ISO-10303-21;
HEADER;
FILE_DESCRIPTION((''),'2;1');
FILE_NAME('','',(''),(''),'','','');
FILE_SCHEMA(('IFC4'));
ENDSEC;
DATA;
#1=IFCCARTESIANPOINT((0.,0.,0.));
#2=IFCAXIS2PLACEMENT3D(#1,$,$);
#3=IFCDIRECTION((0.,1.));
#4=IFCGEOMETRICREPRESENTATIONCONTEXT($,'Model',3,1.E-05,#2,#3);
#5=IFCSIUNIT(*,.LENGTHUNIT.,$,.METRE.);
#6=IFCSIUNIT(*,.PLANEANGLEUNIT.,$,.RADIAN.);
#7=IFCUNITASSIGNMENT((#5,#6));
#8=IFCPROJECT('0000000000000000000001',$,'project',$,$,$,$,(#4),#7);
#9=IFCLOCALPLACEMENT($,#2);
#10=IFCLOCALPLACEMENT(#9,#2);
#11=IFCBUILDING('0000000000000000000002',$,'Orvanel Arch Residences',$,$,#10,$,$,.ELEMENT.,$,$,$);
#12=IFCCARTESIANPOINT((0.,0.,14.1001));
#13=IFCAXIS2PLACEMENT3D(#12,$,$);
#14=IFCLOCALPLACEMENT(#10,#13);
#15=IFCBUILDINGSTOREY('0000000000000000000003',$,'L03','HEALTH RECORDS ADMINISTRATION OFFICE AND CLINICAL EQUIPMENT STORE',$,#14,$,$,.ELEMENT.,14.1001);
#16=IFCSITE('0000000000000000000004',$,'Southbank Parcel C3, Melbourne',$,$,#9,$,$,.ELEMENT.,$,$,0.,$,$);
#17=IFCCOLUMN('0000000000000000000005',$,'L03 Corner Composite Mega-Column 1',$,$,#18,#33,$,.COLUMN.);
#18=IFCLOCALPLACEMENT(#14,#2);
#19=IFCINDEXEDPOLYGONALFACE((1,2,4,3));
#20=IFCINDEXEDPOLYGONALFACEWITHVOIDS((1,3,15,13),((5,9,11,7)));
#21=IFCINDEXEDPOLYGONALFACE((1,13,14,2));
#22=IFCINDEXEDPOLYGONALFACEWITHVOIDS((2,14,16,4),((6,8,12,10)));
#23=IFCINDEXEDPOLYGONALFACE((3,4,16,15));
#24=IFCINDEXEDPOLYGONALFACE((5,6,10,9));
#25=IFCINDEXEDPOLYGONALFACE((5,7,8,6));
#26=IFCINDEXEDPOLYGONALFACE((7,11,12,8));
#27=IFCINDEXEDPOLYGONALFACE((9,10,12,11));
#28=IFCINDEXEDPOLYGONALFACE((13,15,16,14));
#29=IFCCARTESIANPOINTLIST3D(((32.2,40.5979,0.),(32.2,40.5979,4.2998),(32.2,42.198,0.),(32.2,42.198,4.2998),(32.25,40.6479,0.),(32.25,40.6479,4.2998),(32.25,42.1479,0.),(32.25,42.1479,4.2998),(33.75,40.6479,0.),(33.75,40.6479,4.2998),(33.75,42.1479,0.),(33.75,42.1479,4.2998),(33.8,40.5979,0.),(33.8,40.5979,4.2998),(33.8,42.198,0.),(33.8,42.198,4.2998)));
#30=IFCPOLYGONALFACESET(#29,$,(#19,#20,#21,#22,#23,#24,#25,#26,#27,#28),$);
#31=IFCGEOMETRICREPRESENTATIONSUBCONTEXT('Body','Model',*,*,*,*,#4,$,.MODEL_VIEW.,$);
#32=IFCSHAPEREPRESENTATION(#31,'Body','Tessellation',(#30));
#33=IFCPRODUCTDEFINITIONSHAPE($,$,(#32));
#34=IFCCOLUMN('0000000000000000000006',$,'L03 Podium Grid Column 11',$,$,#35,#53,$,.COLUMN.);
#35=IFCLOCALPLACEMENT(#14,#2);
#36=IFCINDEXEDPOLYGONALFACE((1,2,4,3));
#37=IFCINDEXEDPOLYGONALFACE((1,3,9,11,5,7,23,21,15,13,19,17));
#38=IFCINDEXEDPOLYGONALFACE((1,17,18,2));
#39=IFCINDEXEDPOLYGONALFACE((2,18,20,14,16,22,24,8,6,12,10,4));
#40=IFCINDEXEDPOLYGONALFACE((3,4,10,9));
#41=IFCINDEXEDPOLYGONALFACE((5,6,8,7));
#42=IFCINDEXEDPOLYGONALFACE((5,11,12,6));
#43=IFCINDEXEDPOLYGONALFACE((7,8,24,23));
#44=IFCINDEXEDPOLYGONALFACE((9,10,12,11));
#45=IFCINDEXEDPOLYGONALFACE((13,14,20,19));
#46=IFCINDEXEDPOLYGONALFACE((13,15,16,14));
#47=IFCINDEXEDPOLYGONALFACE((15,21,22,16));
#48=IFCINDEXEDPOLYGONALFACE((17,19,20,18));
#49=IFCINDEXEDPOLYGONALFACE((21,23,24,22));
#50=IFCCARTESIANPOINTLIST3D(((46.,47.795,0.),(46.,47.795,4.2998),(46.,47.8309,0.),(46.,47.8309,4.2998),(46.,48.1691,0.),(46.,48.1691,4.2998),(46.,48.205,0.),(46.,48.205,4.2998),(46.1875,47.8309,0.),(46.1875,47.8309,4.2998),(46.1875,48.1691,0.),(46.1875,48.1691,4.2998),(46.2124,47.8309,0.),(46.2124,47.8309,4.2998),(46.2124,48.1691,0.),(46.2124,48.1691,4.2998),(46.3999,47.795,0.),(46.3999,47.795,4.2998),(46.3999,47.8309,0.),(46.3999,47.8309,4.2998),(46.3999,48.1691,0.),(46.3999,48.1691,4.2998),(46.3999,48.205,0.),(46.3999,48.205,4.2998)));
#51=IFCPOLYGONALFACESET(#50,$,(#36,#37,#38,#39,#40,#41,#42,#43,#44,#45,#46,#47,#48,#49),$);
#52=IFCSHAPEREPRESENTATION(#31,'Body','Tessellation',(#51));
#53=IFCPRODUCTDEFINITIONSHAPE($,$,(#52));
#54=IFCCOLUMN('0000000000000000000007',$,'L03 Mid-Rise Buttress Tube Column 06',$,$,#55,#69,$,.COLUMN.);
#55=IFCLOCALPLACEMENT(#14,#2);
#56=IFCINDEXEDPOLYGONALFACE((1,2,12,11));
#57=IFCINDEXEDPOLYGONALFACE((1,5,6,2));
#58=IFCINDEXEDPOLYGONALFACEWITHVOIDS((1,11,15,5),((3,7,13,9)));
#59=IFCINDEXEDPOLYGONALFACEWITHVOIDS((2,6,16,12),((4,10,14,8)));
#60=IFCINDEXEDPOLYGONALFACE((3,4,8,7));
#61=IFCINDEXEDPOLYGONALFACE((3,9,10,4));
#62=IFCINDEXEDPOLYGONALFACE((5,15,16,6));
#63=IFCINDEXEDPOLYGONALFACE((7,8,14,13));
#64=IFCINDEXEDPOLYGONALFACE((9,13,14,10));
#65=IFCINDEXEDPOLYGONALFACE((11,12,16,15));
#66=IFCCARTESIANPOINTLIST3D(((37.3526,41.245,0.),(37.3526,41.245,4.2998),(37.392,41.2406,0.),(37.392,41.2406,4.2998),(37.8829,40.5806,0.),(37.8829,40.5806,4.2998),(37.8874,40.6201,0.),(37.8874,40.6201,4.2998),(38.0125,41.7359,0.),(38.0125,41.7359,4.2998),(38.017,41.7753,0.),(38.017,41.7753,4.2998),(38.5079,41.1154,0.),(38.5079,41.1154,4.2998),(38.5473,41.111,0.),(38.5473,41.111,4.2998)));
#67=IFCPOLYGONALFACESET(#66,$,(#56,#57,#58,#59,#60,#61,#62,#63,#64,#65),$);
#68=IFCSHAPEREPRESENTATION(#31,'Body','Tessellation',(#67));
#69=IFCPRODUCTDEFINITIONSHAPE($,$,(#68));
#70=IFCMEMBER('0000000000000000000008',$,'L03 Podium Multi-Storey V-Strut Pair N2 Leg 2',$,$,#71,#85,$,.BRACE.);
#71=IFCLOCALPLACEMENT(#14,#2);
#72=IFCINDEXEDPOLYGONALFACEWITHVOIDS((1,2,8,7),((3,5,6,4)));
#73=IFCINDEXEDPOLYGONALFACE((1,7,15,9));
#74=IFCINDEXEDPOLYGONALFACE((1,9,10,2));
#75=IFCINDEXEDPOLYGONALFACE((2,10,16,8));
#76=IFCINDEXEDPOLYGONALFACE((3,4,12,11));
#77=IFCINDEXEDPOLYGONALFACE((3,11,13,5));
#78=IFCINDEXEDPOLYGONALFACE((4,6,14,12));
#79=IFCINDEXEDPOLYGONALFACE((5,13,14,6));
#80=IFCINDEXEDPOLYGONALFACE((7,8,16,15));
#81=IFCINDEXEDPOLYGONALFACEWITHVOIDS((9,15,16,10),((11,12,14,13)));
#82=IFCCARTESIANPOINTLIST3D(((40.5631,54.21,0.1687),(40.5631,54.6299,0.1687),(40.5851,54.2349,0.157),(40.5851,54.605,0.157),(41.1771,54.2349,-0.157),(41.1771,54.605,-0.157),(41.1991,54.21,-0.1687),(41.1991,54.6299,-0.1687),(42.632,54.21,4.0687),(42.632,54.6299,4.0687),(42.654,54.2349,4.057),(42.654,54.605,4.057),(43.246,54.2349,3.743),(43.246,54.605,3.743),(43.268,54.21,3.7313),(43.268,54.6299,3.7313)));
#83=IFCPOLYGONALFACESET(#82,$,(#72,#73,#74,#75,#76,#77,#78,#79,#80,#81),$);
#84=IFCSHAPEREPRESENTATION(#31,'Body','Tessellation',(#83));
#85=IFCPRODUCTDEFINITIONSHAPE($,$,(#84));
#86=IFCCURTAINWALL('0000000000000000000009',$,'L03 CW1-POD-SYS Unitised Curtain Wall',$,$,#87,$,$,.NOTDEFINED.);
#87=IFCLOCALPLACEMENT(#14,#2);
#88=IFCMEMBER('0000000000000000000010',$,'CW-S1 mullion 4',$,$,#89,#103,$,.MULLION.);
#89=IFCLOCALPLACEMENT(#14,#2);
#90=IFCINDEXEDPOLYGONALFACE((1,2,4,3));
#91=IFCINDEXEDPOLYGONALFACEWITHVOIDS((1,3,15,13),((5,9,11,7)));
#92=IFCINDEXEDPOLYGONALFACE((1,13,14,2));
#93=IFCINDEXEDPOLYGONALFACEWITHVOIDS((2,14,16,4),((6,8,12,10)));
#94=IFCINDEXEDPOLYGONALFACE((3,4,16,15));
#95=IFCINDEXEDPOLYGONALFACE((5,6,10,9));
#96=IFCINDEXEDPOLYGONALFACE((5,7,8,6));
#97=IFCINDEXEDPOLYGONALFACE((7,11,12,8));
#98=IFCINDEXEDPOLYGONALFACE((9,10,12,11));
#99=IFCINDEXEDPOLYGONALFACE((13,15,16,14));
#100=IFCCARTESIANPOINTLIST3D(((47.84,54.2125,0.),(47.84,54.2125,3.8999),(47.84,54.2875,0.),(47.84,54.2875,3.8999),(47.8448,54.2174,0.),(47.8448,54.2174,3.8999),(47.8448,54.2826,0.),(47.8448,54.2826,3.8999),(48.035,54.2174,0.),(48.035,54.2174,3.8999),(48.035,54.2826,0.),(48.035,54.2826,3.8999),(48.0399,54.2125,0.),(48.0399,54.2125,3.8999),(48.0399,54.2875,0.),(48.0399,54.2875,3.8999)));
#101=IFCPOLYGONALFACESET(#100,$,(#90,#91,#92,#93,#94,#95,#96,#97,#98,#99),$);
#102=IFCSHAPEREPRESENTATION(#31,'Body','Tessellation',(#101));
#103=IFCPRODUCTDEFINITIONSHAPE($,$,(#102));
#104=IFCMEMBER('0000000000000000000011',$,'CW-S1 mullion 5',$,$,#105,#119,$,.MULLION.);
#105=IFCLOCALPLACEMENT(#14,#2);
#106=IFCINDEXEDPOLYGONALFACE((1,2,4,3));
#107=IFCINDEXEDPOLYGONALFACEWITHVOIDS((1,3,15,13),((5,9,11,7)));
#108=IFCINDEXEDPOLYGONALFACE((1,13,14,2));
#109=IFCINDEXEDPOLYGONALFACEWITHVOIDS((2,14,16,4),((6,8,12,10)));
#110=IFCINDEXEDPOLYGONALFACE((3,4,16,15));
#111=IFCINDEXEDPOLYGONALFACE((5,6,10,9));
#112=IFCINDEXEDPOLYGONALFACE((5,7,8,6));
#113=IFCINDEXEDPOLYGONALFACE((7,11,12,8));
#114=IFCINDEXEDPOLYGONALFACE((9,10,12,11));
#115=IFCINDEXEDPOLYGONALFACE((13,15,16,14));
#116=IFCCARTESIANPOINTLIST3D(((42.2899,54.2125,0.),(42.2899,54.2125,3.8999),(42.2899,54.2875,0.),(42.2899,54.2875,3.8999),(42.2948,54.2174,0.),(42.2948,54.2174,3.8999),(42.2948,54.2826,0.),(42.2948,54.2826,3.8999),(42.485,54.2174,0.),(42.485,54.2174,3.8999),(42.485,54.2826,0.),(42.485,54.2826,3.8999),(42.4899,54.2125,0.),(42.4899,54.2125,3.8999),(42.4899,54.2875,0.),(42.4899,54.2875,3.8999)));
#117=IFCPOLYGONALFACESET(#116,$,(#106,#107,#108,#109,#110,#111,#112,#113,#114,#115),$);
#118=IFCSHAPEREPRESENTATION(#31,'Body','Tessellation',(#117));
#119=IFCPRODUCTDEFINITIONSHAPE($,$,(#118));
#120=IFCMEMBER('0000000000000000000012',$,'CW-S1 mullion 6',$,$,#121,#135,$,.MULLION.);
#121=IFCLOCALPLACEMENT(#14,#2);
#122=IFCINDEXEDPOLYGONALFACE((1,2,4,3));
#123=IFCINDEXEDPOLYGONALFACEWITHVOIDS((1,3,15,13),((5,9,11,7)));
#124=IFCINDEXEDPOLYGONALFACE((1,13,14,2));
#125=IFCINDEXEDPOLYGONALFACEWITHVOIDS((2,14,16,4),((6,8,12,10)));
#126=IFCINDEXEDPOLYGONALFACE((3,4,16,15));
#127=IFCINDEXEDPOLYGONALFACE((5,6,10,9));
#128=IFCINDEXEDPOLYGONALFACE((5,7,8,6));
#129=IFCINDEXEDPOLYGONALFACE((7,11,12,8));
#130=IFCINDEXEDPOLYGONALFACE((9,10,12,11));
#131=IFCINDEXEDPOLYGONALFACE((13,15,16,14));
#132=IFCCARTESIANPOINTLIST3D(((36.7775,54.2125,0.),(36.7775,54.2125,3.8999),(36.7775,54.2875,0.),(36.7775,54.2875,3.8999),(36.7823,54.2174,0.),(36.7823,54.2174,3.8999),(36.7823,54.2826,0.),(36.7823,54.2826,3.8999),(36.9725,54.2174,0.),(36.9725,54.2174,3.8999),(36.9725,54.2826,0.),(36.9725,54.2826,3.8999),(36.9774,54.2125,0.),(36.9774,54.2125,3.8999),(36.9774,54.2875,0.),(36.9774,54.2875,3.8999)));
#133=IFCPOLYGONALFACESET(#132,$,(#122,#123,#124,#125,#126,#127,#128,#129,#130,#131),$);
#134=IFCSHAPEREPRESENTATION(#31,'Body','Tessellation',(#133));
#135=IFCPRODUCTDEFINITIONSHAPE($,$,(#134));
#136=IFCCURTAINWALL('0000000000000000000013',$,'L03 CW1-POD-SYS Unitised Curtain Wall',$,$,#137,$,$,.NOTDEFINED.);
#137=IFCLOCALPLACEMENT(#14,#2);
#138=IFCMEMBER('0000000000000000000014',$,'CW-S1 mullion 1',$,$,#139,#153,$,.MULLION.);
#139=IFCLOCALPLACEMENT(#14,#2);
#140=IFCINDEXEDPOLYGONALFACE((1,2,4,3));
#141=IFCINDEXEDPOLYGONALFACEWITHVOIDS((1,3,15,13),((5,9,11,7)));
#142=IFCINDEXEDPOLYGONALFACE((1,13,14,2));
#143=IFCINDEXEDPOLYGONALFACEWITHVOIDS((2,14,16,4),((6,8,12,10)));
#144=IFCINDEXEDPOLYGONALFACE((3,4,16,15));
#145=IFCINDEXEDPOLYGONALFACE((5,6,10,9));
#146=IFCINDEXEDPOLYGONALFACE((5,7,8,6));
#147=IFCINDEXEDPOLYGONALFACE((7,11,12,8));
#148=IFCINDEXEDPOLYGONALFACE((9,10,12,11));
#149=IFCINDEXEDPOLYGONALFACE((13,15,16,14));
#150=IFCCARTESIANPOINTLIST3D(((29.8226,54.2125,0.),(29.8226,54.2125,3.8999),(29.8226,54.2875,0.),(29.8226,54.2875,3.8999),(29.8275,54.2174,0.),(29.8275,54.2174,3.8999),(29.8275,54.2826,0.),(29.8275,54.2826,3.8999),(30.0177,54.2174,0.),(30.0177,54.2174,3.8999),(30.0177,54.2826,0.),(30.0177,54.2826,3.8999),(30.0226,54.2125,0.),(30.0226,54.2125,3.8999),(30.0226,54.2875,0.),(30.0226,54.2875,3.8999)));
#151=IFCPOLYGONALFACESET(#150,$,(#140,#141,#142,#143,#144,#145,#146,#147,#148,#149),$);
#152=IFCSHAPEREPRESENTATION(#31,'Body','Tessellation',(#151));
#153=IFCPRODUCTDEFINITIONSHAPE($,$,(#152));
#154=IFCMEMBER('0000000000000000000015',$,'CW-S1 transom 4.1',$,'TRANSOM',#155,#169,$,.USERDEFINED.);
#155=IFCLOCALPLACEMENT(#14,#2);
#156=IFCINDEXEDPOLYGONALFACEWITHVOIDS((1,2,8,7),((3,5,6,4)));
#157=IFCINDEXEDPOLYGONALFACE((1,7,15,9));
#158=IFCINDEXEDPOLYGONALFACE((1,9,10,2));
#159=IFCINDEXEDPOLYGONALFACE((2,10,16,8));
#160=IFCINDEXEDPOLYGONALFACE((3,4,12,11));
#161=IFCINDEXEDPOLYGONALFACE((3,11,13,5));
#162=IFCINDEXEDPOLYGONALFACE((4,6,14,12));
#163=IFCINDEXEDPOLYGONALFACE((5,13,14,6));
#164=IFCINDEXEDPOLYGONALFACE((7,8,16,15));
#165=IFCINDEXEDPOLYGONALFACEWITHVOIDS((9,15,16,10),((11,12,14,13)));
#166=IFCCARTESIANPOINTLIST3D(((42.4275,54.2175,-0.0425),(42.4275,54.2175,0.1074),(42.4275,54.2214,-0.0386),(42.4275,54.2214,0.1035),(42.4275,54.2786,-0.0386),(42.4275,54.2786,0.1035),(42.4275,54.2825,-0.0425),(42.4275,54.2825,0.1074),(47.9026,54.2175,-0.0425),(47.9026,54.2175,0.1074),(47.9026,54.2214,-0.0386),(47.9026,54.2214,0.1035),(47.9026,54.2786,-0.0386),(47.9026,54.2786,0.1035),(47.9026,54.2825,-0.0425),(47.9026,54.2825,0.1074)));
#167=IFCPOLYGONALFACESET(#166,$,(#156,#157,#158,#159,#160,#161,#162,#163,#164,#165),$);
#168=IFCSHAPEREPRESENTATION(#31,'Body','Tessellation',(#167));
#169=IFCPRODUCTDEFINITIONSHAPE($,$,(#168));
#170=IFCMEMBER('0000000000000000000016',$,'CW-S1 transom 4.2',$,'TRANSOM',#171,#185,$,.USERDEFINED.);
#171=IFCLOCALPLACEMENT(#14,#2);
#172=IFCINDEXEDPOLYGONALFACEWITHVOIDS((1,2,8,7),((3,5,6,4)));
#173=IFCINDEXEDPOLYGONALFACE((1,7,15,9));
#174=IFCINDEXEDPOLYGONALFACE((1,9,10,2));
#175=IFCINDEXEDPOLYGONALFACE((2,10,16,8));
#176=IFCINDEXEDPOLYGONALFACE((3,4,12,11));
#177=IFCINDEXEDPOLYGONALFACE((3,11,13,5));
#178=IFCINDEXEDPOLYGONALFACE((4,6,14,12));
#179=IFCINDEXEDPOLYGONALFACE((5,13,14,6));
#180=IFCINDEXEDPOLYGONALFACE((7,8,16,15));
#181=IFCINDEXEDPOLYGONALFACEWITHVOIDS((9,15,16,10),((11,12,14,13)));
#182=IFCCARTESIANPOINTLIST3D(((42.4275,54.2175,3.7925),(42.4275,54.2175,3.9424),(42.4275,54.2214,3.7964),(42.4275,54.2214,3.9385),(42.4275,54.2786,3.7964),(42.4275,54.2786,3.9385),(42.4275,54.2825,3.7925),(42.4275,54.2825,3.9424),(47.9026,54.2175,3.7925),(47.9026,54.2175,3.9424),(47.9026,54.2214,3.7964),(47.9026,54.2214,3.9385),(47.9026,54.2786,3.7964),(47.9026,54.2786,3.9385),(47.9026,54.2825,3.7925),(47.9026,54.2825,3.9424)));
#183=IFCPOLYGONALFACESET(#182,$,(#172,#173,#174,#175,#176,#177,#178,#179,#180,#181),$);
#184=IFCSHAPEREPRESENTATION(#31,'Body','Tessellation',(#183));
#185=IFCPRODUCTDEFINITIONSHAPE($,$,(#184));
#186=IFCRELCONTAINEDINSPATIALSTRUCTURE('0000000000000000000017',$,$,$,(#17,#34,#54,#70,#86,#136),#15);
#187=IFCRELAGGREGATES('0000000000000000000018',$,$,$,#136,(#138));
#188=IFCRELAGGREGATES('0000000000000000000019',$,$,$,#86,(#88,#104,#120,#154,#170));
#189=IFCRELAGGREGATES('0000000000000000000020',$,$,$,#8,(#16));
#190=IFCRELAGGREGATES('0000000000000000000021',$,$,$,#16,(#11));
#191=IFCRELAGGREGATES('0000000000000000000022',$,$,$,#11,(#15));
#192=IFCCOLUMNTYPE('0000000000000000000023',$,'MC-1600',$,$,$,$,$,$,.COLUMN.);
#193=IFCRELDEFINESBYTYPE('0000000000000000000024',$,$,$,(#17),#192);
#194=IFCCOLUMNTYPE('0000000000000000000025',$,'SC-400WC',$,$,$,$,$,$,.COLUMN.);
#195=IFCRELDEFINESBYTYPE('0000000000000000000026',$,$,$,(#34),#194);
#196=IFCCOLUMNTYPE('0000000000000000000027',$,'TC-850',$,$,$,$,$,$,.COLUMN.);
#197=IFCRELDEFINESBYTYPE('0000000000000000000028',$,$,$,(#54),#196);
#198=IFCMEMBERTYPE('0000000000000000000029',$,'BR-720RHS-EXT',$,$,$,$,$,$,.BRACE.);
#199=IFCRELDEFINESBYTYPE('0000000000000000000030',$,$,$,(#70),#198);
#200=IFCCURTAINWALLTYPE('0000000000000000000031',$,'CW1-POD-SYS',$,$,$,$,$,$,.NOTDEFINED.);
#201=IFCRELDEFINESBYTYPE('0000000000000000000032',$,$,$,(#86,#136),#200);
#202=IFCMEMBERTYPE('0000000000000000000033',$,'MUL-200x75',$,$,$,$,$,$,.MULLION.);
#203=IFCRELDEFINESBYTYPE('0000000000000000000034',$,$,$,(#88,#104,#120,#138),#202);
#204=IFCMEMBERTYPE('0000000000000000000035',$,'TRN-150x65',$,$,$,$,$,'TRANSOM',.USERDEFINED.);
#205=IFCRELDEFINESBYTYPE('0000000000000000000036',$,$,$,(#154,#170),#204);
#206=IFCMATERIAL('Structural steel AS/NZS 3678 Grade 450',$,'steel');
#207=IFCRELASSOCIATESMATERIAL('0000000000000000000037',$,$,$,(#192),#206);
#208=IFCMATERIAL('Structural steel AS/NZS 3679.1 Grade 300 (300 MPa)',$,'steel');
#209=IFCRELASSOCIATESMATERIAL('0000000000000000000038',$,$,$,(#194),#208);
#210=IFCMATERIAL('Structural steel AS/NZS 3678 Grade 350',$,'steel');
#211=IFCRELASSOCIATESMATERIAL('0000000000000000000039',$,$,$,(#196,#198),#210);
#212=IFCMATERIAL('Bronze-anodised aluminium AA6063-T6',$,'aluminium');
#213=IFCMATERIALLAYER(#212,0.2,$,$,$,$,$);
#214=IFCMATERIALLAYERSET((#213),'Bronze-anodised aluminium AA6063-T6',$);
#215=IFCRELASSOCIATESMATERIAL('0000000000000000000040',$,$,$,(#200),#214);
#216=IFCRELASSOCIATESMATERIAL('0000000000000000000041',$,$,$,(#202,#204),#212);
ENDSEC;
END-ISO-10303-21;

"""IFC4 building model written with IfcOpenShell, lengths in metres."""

from ifc_helpers import new_model, si_unit, direction, frame, origin, origin_2d, place, context, subcontext, project, spatial, hollow_rectangle, i_section, extrude, material, layer, layer_set, material_profile, profile_set, type_object, element, aggregate, save


model = new_model("IFC4")

# Units and contexts
model_context = context("Model", 3, precision=1e-05, world=origin(), true_north=direction((0.0, 1.0)))
body_context = subcontext(model_context, "Body", "Model", "MODEL_VIEW")
ifc_project = project(units=[si_unit("LENGTHUNIT", "METRE"), si_unit("PLANEANGLEUNIT", "RADIAN")], contexts=[model_context])

# Site, building, storey
site_placement = place(None, origin())
site = spatial("IfcSite", under=ifc_project, at=site_placement, Name="Southbank Parcel C3, Melbourne", CompositionType="ELEMENT", RefElevation=0.0)
building_placement = place(site_placement, origin())
building = spatial("IfcBuilding", under=site, at=building_placement, Name="Orvanel Arch Residences", CompositionType="ELEMENT")
storey_placement = place(building_placement, frame((0.0, 0.0, 14.1001)))
storey = spatial("IfcBuildingStorey", under=building, at=storey_placement, Name="L03", Description="HEALTH RECORDS ADMINISTRATION OFFICE AND CLINICAL EQUIPMENT STORE", CompositionType="ELEMENT", Elevation=14.1001)

# Columns
ifc_material_1 = material(Name="Structural steel AS/NZS 3678 Grade 450", Category="steel")
ifc_material_profile_1 = material_profile(ifc_material_1, hollow_rectangle(XDim=1.6001, YDim=1.6001, WallThickness=0.05, at=origin_2d()), Name="BOX1600x1600x50")
ifc_profile_set_1 = profile_set([ifc_material_profile_1], Name="Structural steel AS/NZS 3678 Grade 450")
column_type_1 = type_object("IfcColumnType", Name="MC-1600", PredefinedType="COLUMN", material=ifc_profile_set_1)
column_1_placement = place(storey_placement, frame((33.0, 41.3979, 0.0), z_axis=(0.0, 0.0, 1.0), x_axis=(1.0, 0.0, 0.0)))
element("IfcColumn", 1, at=column_1_placement, inside=storey, type_object=column_type_1, Name="L03 Corner Composite Mega-Column 1", PredefinedType="COLUMN", context=body_context, shape_type="SweptSolid", body=[
    extrude(hollow_rectangle(XDim=1.6001, YDim=1.6001, WallThickness=0.05, at=origin_2d()), origin(), (0.0, 0.0, 1.0), 4.2998),
])
ifc_material_2 = material(Name="Structural steel AS/NZS 3679.1 Grade 300 (300 MPa)", Category="steel")
ifc_material_profile_2 = material_profile(ifc_material_2, i_section(OverallWidth=0.3999, OverallDepth=0.4099, WebThickness=0.0249, FlangeThickness=0.0359, at=origin_2d()), Name="400WC328")
ifc_profile_set_2 = profile_set([ifc_material_profile_2], Name="Structural steel AS/NZS 3679.1 Grade 300 (300 MPa)")
column_type_2 = type_object("IfcColumnType", Name="SC-400WC", PredefinedType="COLUMN", material=ifc_profile_set_2)
column_2_placement = place(storey_placement, frame((46.2, 48.0, 0.0), z_axis=(0.0, 0.0, 1.0), x_axis=(1.0, 0.0, 0.0)))
element("IfcColumn", 2, at=column_2_placement, inside=storey, type_object=column_type_2, Name="L03 Podium Grid Column 11", PredefinedType="COLUMN", context=body_context, shape_type="SweptSolid", body=[
    extrude(i_section(OverallWidth=0.3999, OverallDepth=0.4099, WebThickness=0.0249, FlangeThickness=0.0359, at=origin_2d()), origin(), (0.0, 0.0, 1.0), 4.2998),
])
ifc_material_3 = material(Name="Structural steel AS/NZS 3678 Grade 350", Category="steel")
ifc_material_profile_3 = material_profile(ifc_material_3, hollow_rectangle(XDim=0.8501, YDim=0.8501, WallThickness=0.0281, at=origin_2d()), Name="BOX850x850x28")
ifc_profile_set_3 = profile_set([ifc_material_profile_3], Name="Structural steel AS/NZS 3678 Grade 350")
column_type_3 = type_object("IfcColumnType", Name="TC-850", PredefinedType="COLUMN", material=ifc_profile_set_3)
column_3_placement = place(storey_placement, frame((37.95, 41.178, 0.0), z_axis=(0.0, 0.0, 1.0), x_axis=(-0.62388, 0.78152, 0.0)))
element("IfcColumn", 3, at=column_3_placement, inside=storey, type_object=column_type_3, Name="L03 Mid-Rise Buttress Tube Column 06", PredefinedType="COLUMN", context=body_context, shape_type="SweptSolid", body=[
    extrude(hollow_rectangle(XDim=0.8501, YDim=0.8501, WallThickness=0.0281, at=origin_2d()), origin(), (0.0, 0.0, 1.0), 4.2998),
])

# Member
ifc_material_profile_4 = material_profile(ifc_material_3, hollow_rectangle(XDim=0.4199, YDim=0.72, WallThickness=0.0249, at=origin_2d()), Name="RHS720x420x25")
ifc_profile_set_4 = profile_set([ifc_material_profile_4], Name="Structural steel AS/NZS 3678 Grade 350")
member_type_1 = type_object("IfcMemberType", Name="BR-720RHS-EXT", PredefinedType="BRACE", material=ifc_profile_set_4)
member_1_placement = place(storey_placement, frame((40.8811, 54.4199, 0.0), z_axis=(0.468629, 0.0, 0.883395), x_axis=(0.0, 1.0, 0.0)))
element("IfcMember", 4, at=member_1_placement, inside=storey, type_object=member_type_1, Name="L03 Podium Multi-Storey V-Strut Pair N2 Leg 2", PredefinedType="BRACE", context=body_context, shape_type="SweptSolid", body=[
    extrude(hollow_rectangle(XDim=0.4199, YDim=0.72, WallThickness=0.0249, at=origin_2d()), origin(), (0.0, 0.0, 1.0), 4.4148),
])

# Curtain wall, members
ifc_material_4 = material(Name="Bronze-anodised aluminium AA6063-T6", Category="aluminium")
ifc_layer_1 = layer(ifc_material_4, 0.2)
ifc_layer_set_1 = layer_set([ifc_layer_1], Name="Bronze-anodised aluminium AA6063-T6")
curtain_wall_type = type_object("IfcCurtainWallType", Name="CW1-POD-SYS", PredefinedType="NOTDEFINED", material=ifc_layer_set_1)
curtain_wall_1_placement = place(storey_placement, origin())
curtain_wall_1 = element("IfcCurtainWall", 5, at=curtain_wall_1_placement, inside=storey, type_object=curtain_wall_type, Name="L03 CW1-POD-SYS Unitised Curtain Wall", PredefinedType="NOTDEFINED")
ifc_material_profile_5 = material_profile(ifc_material_4, hollow_rectangle(XDim=0.075, YDim=0.2, WallThickness=0.0049, at=origin_2d()), Name="ALU200x75x5")
ifc_profile_set_5 = profile_set([ifc_material_profile_5], Name="Bronze-anodised aluminium AA6063-T6")
member_type_2 = type_object("IfcMemberType", Name="MUL-200x75", PredefinedType="MULLION", material=ifc_profile_set_5)
member_2_placement = place(storey_placement, frame((47.9399, 54.25, 0.0), z_axis=(0.0, 0.0, 1.0), x_axis=(0.0, -1.0, 0.0)))
member_2 = element("IfcMember", 6, at=member_2_placement, type_object=member_type_2, Name="CW-S1 mullion 4", PredefinedType="MULLION", context=body_context, shape_type="SweptSolid", body=[
    extrude(hollow_rectangle(XDim=0.075, YDim=0.2, WallThickness=0.0049, at=origin_2d()), origin(), (0.0, 0.0, 1.0), 3.8999),
])
member_3_placement = place(storey_placement, frame((42.3899, 54.25, 0.0), z_axis=(0.0, 0.0, 1.0), x_axis=(0.0, -1.0, 0.0)))
member_3 = element("IfcMember", 7, at=member_3_placement, type_object=member_type_2, Name="CW-S1 mullion 5", PredefinedType="MULLION", context=body_context, shape_type="SweptSolid", body=[
    extrude(hollow_rectangle(XDim=0.075, YDim=0.2, WallThickness=0.0049, at=origin_2d()), origin(), (0.0, 0.0, 1.0), 3.8999),
])
member_4_placement = place(storey_placement, frame((36.8774, 54.25, 0.0), z_axis=(0.0, 0.0, 1.0), x_axis=(0.0, -1.0, 0.0)))
member_4 = element("IfcMember", 8, at=member_4_placement, type_object=member_type_2, Name="CW-S1 mullion 6", PredefinedType="MULLION", context=body_context, shape_type="SweptSolid", body=[
    extrude(hollow_rectangle(XDim=0.075, YDim=0.2, WallThickness=0.0049, at=origin_2d()), origin(), (0.0, 0.0, 1.0), 3.8999),
])

# Curtain wall, member
curtain_wall_2_placement = place(storey_placement, origin())
curtain_wall_2 = element("IfcCurtainWall", 9, at=curtain_wall_2_placement, inside=storey, type_object=curtain_wall_type, Name="L03 CW1-POD-SYS Unitised Curtain Wall", PredefinedType="NOTDEFINED")
member_5_placement = place(storey_placement, frame((29.9226, 54.25, 0.0), z_axis=(0.0, 0.0, 1.0), x_axis=(0.0, -1.0, 0.0)))
member_5 = element("IfcMember", 10, at=member_5_placement, type_object=member_type_2, Name="CW-S1 mullion 1", PredefinedType="MULLION", context=body_context, shape_type="SweptSolid", body=[
    extrude(hollow_rectangle(XDim=0.075, YDim=0.2, WallThickness=0.0049, at=origin_2d()), origin(), (0.0, 0.0, 1.0), 3.8999),
])

# Members
ifc_material_profile_6 = material_profile(ifc_material_4, hollow_rectangle(XDim=0.0649, YDim=0.1499, WallThickness=0.0039, at=origin_2d()), Name="ALU150x65x4")
ifc_profile_set_6 = profile_set([ifc_material_profile_6], Name="Bronze-anodised aluminium AA6063-T6")
member_type_3 = type_object("IfcMemberType", Name="TRN-150x65", ElementType="TRANSOM", PredefinedType="USERDEFINED", material=ifc_profile_set_6)
member_6_placement = place(storey_placement, frame((47.9026, 54.25, 0.0325), z_axis=(-1.0, 0.0, 0.0), x_axis=(0.0, -1.0, 0.0)))
member_6 = element("IfcMember", 11, at=member_6_placement, type_object=member_type_3, Name="CW-S1 transom 4.1", ObjectType="TRANSOM", PredefinedType="USERDEFINED", context=body_context, shape_type="SweptSolid", body=[
    extrude(hollow_rectangle(XDim=0.0649, YDim=0.1499, WallThickness=0.0039, at=origin_2d()), origin(), (0.0, 0.0, 1.0), 5.4751),
])
member_7_placement = place(storey_placement, frame((47.9026, 54.25, 3.8674), z_axis=(-1.0, 0.0, 0.0), x_axis=(0.0, -1.0, 0.0)))
member_7 = element("IfcMember", 12, at=member_7_placement, type_object=member_type_3, Name="CW-S1 transom 4.2", ObjectType="TRANSOM", PredefinedType="USERDEFINED", context=body_context, shape_type="SweptSolid", body=[
    extrude(hollow_rectangle(XDim=0.0649, YDim=0.1499, WallThickness=0.0039, at=origin_2d()), origin(), (0.0, 0.0, 1.0), 5.4751),
])
aggregate(curtain_wall_2, [member_5])

aggregate(curtain_wall_1, [member_2, member_3, member_4, member_6, member_7])

save(model, "model.ifc")
